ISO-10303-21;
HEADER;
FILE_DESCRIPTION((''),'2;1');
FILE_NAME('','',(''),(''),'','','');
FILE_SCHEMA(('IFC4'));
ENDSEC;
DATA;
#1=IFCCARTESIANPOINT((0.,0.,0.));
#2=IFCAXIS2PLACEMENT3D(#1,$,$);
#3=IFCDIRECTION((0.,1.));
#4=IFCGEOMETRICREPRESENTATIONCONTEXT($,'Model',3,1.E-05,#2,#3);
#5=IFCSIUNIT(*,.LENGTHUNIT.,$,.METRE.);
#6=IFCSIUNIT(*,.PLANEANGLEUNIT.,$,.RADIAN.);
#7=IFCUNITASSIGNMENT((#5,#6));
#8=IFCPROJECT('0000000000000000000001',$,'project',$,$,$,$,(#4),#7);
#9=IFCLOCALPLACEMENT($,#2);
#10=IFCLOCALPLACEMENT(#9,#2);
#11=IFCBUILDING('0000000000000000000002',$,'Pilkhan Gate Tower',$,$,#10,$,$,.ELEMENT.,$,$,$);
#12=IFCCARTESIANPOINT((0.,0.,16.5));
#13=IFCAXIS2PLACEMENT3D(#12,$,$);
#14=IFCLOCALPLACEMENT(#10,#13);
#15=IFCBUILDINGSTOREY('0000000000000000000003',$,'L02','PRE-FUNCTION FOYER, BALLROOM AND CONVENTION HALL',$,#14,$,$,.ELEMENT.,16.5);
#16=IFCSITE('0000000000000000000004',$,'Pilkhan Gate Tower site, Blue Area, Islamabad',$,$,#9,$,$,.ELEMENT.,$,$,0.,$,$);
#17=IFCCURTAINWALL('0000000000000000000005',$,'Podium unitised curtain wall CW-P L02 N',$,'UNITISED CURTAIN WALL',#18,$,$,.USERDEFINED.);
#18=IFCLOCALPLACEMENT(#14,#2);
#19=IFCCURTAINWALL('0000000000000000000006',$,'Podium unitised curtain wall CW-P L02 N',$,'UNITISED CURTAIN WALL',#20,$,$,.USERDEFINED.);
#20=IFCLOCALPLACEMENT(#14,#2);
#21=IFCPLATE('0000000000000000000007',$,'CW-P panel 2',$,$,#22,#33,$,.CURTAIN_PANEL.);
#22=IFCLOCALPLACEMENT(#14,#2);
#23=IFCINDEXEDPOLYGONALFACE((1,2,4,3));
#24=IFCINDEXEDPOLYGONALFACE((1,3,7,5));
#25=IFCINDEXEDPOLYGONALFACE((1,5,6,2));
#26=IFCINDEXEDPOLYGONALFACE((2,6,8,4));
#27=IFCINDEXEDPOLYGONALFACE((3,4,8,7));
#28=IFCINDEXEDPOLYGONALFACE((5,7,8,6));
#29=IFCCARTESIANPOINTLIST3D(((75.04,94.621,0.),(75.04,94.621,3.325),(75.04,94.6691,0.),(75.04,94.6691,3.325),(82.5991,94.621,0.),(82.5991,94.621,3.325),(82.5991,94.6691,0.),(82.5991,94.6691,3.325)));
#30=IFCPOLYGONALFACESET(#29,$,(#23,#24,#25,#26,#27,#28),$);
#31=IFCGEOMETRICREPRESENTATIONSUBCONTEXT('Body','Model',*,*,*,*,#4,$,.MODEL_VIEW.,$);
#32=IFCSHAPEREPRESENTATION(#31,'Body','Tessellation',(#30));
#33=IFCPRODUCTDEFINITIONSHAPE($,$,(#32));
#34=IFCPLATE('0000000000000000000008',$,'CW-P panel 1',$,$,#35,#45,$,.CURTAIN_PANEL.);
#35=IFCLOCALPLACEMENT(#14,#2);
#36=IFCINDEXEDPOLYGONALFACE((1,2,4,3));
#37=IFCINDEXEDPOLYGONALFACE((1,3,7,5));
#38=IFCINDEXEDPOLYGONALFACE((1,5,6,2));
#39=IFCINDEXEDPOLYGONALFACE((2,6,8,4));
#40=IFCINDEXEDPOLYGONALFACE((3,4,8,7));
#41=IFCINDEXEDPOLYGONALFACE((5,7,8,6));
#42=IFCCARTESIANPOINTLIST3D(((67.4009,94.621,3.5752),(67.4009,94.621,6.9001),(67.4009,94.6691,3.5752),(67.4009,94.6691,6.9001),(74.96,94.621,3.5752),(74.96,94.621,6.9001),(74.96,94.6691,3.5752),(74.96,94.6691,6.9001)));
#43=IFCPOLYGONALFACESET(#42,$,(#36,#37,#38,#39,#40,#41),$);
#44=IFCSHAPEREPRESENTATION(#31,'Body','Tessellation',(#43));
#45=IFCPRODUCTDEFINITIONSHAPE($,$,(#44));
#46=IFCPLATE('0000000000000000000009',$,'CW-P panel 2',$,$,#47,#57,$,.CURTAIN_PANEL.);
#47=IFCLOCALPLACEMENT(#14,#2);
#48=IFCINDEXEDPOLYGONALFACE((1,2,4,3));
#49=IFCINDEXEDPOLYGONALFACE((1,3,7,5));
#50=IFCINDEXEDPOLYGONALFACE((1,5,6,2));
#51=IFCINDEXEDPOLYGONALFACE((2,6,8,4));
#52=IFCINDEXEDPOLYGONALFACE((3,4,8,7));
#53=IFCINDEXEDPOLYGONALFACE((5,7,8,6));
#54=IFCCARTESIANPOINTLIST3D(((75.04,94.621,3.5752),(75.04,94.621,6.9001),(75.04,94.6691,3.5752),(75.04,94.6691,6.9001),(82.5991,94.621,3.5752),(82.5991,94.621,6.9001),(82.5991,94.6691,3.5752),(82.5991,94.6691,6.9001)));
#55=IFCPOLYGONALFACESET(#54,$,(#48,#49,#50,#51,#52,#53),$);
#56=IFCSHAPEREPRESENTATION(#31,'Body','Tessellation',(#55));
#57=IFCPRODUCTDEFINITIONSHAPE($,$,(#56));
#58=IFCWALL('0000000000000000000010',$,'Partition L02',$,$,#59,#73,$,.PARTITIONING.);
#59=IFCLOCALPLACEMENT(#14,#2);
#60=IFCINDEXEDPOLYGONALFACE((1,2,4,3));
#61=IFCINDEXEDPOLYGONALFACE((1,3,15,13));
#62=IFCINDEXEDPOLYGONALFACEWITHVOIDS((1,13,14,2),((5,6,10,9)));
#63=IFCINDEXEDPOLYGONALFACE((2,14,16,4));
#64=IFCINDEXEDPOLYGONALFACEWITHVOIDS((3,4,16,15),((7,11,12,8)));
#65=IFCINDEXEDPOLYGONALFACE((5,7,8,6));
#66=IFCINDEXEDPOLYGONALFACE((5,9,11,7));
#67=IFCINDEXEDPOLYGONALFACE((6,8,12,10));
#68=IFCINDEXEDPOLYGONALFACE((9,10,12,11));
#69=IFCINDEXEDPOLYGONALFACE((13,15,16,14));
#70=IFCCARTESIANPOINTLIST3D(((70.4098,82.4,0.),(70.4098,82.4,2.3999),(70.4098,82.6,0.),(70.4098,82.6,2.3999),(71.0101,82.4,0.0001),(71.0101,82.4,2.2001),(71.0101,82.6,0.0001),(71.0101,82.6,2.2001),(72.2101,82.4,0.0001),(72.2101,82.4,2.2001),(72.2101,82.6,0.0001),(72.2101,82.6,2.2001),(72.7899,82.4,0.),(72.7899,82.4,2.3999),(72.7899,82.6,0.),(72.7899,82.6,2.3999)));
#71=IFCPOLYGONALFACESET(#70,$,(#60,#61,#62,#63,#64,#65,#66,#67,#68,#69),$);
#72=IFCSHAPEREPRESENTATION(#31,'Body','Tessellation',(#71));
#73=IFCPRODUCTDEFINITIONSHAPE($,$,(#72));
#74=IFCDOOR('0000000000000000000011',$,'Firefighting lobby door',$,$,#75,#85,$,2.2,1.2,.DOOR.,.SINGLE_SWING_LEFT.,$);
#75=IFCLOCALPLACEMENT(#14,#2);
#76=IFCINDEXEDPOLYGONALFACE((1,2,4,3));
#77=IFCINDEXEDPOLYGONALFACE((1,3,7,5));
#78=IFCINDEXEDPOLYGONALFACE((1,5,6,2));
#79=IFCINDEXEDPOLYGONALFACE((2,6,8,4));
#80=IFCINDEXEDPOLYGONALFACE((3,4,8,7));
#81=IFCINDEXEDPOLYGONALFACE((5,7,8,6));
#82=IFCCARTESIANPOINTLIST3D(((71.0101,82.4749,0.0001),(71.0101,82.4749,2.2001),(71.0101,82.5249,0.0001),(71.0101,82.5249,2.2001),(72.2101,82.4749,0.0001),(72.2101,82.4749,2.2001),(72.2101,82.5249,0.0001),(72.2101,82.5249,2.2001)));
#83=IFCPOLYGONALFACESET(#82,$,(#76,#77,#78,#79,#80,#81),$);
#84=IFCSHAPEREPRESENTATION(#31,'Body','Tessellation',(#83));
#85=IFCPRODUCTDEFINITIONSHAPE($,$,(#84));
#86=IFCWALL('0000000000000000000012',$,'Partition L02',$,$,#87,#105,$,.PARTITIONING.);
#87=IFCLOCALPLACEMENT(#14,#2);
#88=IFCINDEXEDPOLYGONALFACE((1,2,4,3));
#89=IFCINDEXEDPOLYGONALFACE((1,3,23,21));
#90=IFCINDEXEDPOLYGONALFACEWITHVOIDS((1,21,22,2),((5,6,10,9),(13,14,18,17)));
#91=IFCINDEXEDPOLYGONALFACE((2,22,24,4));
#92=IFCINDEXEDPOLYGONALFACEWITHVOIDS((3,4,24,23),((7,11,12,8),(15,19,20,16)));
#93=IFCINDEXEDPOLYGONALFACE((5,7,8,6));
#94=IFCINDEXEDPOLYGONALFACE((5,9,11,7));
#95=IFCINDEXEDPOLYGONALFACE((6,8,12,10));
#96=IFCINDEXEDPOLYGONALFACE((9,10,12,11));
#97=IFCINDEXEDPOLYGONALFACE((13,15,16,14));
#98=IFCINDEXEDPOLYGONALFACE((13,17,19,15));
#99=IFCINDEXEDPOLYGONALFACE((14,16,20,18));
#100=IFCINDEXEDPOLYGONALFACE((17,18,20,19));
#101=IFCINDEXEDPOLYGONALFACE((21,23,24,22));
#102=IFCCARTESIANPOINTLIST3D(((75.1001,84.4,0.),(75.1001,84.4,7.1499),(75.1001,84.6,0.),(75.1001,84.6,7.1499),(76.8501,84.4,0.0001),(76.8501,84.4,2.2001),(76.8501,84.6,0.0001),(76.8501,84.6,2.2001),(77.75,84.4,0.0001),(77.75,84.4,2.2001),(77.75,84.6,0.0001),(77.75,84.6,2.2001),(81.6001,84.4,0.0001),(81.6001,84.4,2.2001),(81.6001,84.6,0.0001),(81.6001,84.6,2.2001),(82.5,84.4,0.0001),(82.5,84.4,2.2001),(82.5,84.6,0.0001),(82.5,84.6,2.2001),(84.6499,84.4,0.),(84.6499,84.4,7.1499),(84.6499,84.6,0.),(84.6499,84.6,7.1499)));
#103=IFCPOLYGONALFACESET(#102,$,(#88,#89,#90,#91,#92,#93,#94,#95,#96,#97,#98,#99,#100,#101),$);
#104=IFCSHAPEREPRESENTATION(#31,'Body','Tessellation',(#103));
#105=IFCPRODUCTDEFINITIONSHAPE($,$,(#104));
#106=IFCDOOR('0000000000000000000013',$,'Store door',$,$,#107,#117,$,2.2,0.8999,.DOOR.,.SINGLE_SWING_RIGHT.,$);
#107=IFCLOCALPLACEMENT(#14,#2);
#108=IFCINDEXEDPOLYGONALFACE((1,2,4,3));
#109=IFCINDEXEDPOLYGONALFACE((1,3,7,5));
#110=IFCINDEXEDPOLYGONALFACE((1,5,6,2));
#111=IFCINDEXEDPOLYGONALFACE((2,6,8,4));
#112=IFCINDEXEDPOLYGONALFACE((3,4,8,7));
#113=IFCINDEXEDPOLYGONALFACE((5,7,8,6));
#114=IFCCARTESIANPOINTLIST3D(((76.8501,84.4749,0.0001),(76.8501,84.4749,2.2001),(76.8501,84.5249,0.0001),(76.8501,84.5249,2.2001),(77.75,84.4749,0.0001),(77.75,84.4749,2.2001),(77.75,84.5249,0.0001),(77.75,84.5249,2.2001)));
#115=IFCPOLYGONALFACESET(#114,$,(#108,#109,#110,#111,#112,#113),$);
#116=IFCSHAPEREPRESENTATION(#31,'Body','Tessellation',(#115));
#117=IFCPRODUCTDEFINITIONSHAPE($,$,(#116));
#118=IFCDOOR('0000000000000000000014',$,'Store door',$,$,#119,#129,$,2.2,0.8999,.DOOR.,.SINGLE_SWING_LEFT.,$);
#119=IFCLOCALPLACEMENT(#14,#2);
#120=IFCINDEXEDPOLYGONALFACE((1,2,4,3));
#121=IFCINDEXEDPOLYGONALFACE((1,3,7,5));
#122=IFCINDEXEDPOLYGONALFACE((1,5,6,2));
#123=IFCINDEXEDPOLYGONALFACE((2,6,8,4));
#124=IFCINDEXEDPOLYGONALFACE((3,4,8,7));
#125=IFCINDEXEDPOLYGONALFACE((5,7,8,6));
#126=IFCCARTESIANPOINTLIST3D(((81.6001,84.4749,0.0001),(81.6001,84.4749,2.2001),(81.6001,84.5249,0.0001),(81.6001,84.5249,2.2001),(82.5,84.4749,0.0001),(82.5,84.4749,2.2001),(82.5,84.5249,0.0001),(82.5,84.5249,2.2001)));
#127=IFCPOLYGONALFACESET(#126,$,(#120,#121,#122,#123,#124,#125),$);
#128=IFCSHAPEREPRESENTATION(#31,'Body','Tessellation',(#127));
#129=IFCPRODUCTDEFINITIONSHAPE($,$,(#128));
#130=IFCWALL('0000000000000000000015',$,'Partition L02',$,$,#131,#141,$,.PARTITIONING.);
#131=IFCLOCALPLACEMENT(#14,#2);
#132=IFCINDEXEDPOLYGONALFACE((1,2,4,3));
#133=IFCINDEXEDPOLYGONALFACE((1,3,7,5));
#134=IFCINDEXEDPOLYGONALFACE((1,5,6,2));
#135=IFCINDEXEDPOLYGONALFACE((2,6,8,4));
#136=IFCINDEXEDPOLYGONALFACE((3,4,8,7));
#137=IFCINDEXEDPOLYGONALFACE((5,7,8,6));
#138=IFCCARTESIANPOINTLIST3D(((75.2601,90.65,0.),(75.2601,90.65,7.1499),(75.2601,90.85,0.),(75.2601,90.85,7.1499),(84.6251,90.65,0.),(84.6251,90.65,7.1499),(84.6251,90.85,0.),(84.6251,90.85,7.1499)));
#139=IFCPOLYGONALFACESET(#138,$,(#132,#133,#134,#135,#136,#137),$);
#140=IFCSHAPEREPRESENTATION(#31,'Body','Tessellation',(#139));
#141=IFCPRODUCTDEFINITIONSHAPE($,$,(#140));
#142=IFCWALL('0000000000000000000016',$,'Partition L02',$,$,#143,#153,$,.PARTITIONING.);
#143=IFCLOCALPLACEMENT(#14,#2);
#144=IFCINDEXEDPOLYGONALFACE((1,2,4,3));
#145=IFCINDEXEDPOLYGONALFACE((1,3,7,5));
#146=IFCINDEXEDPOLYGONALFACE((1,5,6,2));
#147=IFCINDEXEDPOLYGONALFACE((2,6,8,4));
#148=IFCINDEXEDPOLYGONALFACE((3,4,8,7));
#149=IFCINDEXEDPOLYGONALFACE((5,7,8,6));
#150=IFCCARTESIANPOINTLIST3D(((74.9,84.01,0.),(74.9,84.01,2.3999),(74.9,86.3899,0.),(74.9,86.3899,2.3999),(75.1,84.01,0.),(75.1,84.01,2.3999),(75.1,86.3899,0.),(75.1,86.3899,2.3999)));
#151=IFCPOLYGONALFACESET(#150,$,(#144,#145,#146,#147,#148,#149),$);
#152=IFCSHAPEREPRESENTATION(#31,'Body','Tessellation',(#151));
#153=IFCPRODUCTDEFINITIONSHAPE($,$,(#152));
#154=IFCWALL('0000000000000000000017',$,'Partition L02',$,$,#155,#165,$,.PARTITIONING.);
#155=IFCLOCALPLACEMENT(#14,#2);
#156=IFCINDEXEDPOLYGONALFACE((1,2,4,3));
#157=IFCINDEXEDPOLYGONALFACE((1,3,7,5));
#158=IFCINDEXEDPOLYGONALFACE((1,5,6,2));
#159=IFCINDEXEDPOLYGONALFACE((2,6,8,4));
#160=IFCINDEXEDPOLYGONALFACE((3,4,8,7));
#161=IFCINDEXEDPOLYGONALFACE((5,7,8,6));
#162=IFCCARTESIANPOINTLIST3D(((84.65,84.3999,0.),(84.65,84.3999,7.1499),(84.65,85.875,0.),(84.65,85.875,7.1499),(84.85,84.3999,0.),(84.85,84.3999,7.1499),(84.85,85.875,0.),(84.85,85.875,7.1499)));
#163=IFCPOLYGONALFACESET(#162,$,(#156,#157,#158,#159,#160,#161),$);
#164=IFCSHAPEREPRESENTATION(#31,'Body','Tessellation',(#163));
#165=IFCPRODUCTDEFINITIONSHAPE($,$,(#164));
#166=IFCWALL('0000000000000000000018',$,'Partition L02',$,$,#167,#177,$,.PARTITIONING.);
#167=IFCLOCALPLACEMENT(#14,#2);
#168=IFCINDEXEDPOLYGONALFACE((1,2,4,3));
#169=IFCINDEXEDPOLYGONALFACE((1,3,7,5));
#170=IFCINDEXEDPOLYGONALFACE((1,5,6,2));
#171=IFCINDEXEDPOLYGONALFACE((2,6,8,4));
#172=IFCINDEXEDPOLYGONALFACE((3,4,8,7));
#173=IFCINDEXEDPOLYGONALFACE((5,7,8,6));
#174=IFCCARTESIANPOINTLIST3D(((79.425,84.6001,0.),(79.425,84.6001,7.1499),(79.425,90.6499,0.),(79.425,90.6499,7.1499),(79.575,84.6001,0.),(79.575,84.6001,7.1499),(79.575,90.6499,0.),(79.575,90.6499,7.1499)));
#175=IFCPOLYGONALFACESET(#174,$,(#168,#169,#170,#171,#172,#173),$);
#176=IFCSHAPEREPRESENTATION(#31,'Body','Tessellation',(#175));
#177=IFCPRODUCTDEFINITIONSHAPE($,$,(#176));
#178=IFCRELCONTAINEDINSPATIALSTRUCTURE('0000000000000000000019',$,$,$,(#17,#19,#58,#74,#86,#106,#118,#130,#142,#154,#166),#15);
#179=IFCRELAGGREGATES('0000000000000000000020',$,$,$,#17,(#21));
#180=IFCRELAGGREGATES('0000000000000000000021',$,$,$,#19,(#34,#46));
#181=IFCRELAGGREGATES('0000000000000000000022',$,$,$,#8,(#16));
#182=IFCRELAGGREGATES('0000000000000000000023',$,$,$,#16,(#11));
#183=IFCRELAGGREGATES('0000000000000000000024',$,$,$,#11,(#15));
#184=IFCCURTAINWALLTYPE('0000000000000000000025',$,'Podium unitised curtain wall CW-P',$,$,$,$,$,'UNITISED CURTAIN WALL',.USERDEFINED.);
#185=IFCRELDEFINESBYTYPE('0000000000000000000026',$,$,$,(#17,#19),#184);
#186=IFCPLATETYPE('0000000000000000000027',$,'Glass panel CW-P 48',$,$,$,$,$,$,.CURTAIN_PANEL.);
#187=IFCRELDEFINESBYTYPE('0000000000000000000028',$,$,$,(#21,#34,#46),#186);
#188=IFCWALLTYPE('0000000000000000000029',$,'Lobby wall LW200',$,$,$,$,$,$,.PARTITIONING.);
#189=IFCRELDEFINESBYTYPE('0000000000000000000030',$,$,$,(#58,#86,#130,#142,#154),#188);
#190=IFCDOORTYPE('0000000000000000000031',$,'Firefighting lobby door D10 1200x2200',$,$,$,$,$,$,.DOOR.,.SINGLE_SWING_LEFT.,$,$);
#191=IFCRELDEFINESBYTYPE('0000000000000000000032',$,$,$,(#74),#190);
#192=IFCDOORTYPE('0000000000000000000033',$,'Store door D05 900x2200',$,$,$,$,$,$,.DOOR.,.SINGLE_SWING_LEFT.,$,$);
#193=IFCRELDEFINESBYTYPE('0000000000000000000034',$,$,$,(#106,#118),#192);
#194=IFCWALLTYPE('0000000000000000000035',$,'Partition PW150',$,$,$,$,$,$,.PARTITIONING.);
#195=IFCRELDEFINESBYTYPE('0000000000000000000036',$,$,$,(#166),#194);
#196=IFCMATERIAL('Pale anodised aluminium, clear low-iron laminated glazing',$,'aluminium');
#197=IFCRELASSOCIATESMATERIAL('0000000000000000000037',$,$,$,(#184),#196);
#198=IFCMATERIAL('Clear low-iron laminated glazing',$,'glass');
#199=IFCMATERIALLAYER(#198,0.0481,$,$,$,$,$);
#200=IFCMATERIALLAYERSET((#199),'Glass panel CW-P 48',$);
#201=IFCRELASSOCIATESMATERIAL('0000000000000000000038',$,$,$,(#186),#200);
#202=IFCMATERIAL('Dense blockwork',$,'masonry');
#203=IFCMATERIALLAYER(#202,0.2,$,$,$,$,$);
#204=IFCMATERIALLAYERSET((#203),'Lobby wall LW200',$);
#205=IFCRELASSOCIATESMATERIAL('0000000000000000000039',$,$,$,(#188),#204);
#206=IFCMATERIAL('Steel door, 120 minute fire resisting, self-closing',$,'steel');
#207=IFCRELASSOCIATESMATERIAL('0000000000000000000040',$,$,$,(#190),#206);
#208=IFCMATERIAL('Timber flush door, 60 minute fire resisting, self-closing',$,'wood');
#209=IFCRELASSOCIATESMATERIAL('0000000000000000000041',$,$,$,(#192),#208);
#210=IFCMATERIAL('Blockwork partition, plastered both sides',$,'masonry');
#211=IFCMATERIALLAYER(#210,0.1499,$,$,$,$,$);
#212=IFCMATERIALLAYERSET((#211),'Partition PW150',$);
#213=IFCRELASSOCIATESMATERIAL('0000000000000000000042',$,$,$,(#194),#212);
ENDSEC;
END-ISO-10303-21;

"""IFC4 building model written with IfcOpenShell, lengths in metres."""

from ifc_helpers import new_model, si_unit, direction, frame, frame_2d, origin, origin_2d, place, context, subcontext, project, spatial, rectangle, extrude, material, layer, layer_set, type_object, element, fill, aggregate, save


model = new_model("IFC4")

# Units and contexts
model_context = context("Model", 3, precision=1e-05, world=origin(), true_north=direction((0.0, 1.0)))
body_context = subcontext(model_context, "Body", "Model", "MODEL_VIEW")
ifc_project = project(units=[si_unit("LENGTHUNIT", "METRE"), si_unit("PLANEANGLEUNIT", "RADIAN")], contexts=[model_context])

# Site, building, storey
site_placement = place(None, origin())
site = spatial("IfcSite", under=ifc_project, at=site_placement, Name="Pilkhan Gate Tower site, Blue Area, Islamabad", CompositionType="ELEMENT", RefElevation=0.0)
building_placement = place(site_placement, origin())
building = spatial("IfcBuilding", under=site, at=building_placement, Name="Pilkhan Gate Tower", CompositionType="ELEMENT")
storey_placement = place(building_placement, frame((0.0, 0.0, 16.5)))
storey = spatial("IfcBuildingStorey", under=building, at=storey_placement, Name="L02", Description="PRE-FUNCTION FOYER, BALLROOM AND CONVENTION HALL", CompositionType="ELEMENT", Elevation=16.5)

# Curtain wall
ifc_material_1 = material(Name="Pale anodised aluminium, clear low-iron laminated glazing", Category="aluminium")
curtain_wall_type = type_object("IfcCurtainWallType", Name="Podium unitised curtain wall CW-P", ElementType="UNITISED CURTAIN WALL", PredefinedType="USERDEFINED", material=ifc_material_1)
curtain_wall_1_placement = place(storey_placement, origin())
curtain_wall_1 = element("IfcCurtainWall", 1, at=curtain_wall_1_placement, inside=storey, type_object=curtain_wall_type, Name="Podium unitised curtain wall CW-P L02 N", ObjectType="UNITISED CURTAIN WALL", PredefinedType="USERDEFINED")

# Curtain wall
curtain_wall_2_placement = place(storey_placement, origin())
curtain_wall_2 = element("IfcCurtainWall", 2, at=curtain_wall_2_placement, inside=storey, type_object=curtain_wall_type, Name="Podium unitised curtain wall CW-P L02 N", ObjectType="UNITISED CURTAIN WALL", PredefinedType="USERDEFINED")

# Plates
ifc_material_2 = material(Name="Clear low-iron laminated glazing", Category="glass")
ifc_layer_1 = layer(ifc_material_2, 0.0481)
ifc_layer_set_1 = layer_set([ifc_layer_1], Name="Glass panel CW-P 48")
plate_type = type_object("IfcPlateType", Name="Glass panel CW-P 48", PredefinedType="CURTAIN_PANEL", material=ifc_layer_set_1)
plate_1_placement = place(storey_placement, frame((78.8196, 94.645, 0.0), z_axis=(0.0, 0.0, 1.0), x_axis=(1.0, 0.0, 0.0)))
plate_1 = element("IfcPlate", 3, at=plate_1_placement, type_object=plate_type, Name="CW-P panel 2", PredefinedType="CURTAIN_PANEL", context=body_context, shape_type="SweptSolid", body=[
    extrude(rectangle(XDim=7.5591, YDim=0.0481, at=origin_2d()), origin(), (0.0, 0.0, 1.0), 3.325),
])
aggregate(curtain_wall_1, [plate_1])
plate_2_placement = place(storey_placement, frame((71.1804, 94.645, 3.5752), z_axis=(0.0, 0.0, 1.0), x_axis=(1.0, 0.0, 0.0)))
plate_2 = element("IfcPlate", 4, at=plate_2_placement, type_object=plate_type, Name="CW-P panel 1", PredefinedType="CURTAIN_PANEL", context=body_context, shape_type="SweptSolid", body=[
    extrude(rectangle(XDim=7.5591, YDim=0.0481, at=origin_2d()), origin(), (0.0, 0.0, 1.0), 3.325),
])
plate_3_placement = place(storey_placement, frame((78.8196, 94.645, 3.5752), z_axis=(0.0, 0.0, 1.0), x_axis=(1.0, 0.0, 0.0)))
plate_3 = element("IfcPlate", 5, at=plate_3_placement, type_object=plate_type, Name="CW-P panel 2", PredefinedType="CURTAIN_PANEL", context=body_context, shape_type="SweptSolid", body=[
    extrude(rectangle(XDim=7.5591, YDim=0.0481, at=origin_2d()), origin(), (0.0, 0.0, 1.0), 3.325),
])
aggregate(curtain_wall_2, [plate_2, plate_3])

# Wall, opening, door
ifc_material_3 = material(Name="Dense blockwork", Category="masonry")
ifc_layer_2 = layer(ifc_material_3, 0.2)
ifc_layer_set_2 = layer_set([ifc_layer_2], Name="Lobby wall LW200")
wall_type_1 = type_object("IfcWallType", Name="Lobby wall LW200", PredefinedType="PARTITIONING", material=ifc_layer_set_2)
wall_1_placement = place(storey_placement, frame((70.4099, 82.5, 0.0), z_axis=(0.0, 0.0, 1.0), x_axis=(1.0, 0.0, 0.0)))
wall_1 = element("IfcWall", 6, at=wall_1_placement, inside=storey, type_object=wall_type_1, Name="Partition L02", PredefinedType="PARTITIONING", context=body_context, shape_type="SweptSolid", body=[
    extrude(rectangle(XDim=2.3801, YDim=0.2, at=frame_2d((1.1899, 0.0))), origin(), (0.0, 0.0, 1.0), 2.3999),
])
opening_1_placement = place(wall_1_placement, frame((0.6001, 0.0, 0.0)))
opening_1 = element("IfcOpeningElement", 7, at=opening_1_placement, cuts=wall_1, PredefinedType="OPENING", context=body_context, shape_type="SweptSolid", body=[
    extrude(rectangle(XDim=1.2, YDim=2.2, at=frame_2d((0.6001, 1.1001))), frame((0.0, 0.1099, 0.0), z_axis=(0.0, -1.0, 0.0), x_axis=(1.0, 0.0, 0.0)), (0.0, 0.0, 1.0), 0.22),
])
ifc_material_4 = material(Name="Steel door, 120 minute fire resisting, self-closing", Category="steel")
door_type_1 = type_object("IfcDoorType", Name="Firefighting lobby door D10 1200x2200", OperationType="SINGLE_SWING_LEFT", PredefinedType="DOOR", material=ifc_material_4)
door_1_placement = place(opening_1_placement, origin())
door_1 = element("IfcDoor", 8, at=door_1_placement, inside=storey, type_object=door_type_1, Name="Firefighting lobby door", OperationType="SINGLE_SWING_LEFT", OverallHeight=2.2, OverallWidth=1.2, PredefinedType="DOOR", context=body_context, shape_type="SweptSolid", body=[
    extrude(rectangle(XDim=1.2, YDim=2.2, at=frame_2d((0.6001, 1.1001))), frame((0.0, 0.0249, 0.0), z_axis=(0.0, -1.0, 0.0), x_axis=(1.0, 0.0, 0.0)), (0.0, 0.0, 1.0), 0.05),
])
fill(opening_1, door_1)

# Wall, openings, doors
wall_2_placement = place(storey_placement, frame((75.1001, 84.5, 0.0), z_axis=(0.0, 0.0, 1.0), x_axis=(1.0, 0.0, 0.0)))
wall_2 = element("IfcWall", 9, at=wall_2_placement, inside=storey, type_object=wall_type_1, Name="Partition L02", PredefinedType="PARTITIONING", context=body_context, shape_type="SweptSolid", body=[
    extrude(rectangle(XDim=9.5498, YDim=0.2, at=frame_2d((4.7749, 0.0))), origin(), (0.0, 0.0, 1.0), 7.1499),
])
opening_2_placement = place(wall_2_placement, frame((1.75, 0.0, 0.0)))
opening_2 = element("IfcOpeningElement", 10, at=opening_2_placement, cuts=wall_2, PredefinedType="OPENING", context=body_context, shape_type="SweptSolid", body=[
    extrude(rectangle(XDim=0.8999, YDim=2.2, at=frame_2d((0.45, 1.1001))), frame((0.0, 0.1099, 0.0), z_axis=(0.0, -1.0, 0.0), x_axis=(1.0, 0.0, 0.0)), (0.0, 0.0, 1.0), 0.22),
])
opening_3_placement = place(wall_2_placement, frame((6.5, 0.0, 0.0)))
opening_3 = element("IfcOpeningElement", 11, at=opening_3_placement, cuts=wall_2, PredefinedType="OPENING", context=body_context, shape_type="SweptSolid", body=[
    extrude(rectangle(XDim=0.8999, YDim=2.2, at=frame_2d((0.45, 1.1001))), frame((0.0, 0.1099, 0.0), z_axis=(0.0, -1.0, 0.0), x_axis=(1.0, 0.0, 0.0)), (0.0, 0.0, 1.0), 0.22),
])
ifc_material_5 = material(Name="Timber flush door, 60 minute fire resisting, self-closing", Category="wood")
door_type_2 = type_object("IfcDoorType", Name="Store door D05 900x2200", OperationType="SINGLE_SWING_LEFT", PredefinedType="DOOR", material=ifc_material_5)
door_2_placement = place(opening_2_placement, origin())
door_2 = element("IfcDoor", 12, at=door_2_placement, inside=storey, type_object=door_type_2, Name="Store door", OperationType="SINGLE_SWING_RIGHT", OverallHeight=2.2, OverallWidth=0.8999, PredefinedType="DOOR", context=body_context, shape_type="SweptSolid", body=[
    extrude(rectangle(XDim=0.8999, YDim=2.2, at=frame_2d((0.45, 1.1001))), frame((0.0, 0.0249, 0.0), z_axis=(0.0, -1.0, 0.0), x_axis=(1.0, 0.0, 0.0)), (0.0, 0.0, 1.0), 0.05),
])
fill(opening_2, door_2)
door_3_placement = place(opening_3_placement, origin())
door_3 = element("IfcDoor", 13, at=door_3_placement, inside=storey, type_object=door_type_2, Name="Store door", OperationType="SINGLE_SWING_LEFT", OverallHeight=2.2, OverallWidth=0.8999, PredefinedType="DOOR", context=body_context, shape_type="SweptSolid", body=[
    extrude(rectangle(XDim=0.8999, YDim=2.2, at=frame_2d((0.45, 1.1001))), frame((0.0, 0.0249, 0.0), z_axis=(0.0, -1.0, 0.0), x_axis=(1.0, 0.0, 0.0)), (0.0, 0.0, 1.0), 0.05),
])
fill(opening_3, door_3)

# Walls
wall_3_placement = place(storey_placement, frame((75.26, 90.75, 0.0), z_axis=(0.0, 0.0, 1.0), x_axis=(1.0, 0.0, 0.0)))
element("IfcWall", 14, at=wall_3_placement, inside=storey, type_object=wall_type_1, Name="Partition L02", PredefinedType="PARTITIONING", context=body_context, shape_type="SweptSolid", body=[
    extrude(rectangle(XDim=9.365, YDim=0.2, at=frame_2d((4.6826, 0.0))), origin(), (0.0, 0.0, 1.0), 7.1499),
])
wall_4_placement = place(storey_placement, frame((75.0, 84.01, 0.0), z_axis=(0.0, 0.0, 1.0), x_axis=(0.0, 1.0, 0.0)))
element("IfcWall", 15, at=wall_4_placement, inside=storey, type_object=wall_type_1, Name="Partition L02", PredefinedType="PARTITIONING", context=body_context, shape_type="SweptSolid", body=[
    extrude(rectangle(XDim=2.3799, YDim=0.2, at=frame_2d((1.1899, 0.0))), origin(), (0.0, 0.0, 1.0), 2.3999),
])
wall_5_placement = place(storey_placement, frame((84.75, 84.3999, 0.0), z_axis=(0.0, 0.0, 1.0), x_axis=(0.0, 1.0, 0.0)))
element("IfcWall", 16, at=wall_5_placement, inside=storey, type_object=wall_type_1, Name="Partition L02", PredefinedType="PARTITIONING", context=body_context, shape_type="SweptSolid", body=[
    extrude(rectangle(XDim=1.4751, YDim=0.2, at=frame_2d((0.7375, 0.0))), origin(), (0.0, 0.0, 1.0), 7.1499),
])
ifc_material_6 = material(Name="Blockwork partition, plastered both sides", Category="masonry")
ifc_layer_3 = layer(ifc_material_6, 0.1499)
ifc_layer_set_3 = layer_set([ifc_layer_3], Name="Partition PW150")
wall_type_2 = type_object("IfcWallType", Name="Partition PW150", PredefinedType="PARTITIONING", material=ifc_layer_set_3)
wall_6_placement = place(storey_placement, frame((79.5, 84.6001, 0.0), z_axis=(0.0, 0.0, 1.0), x_axis=(0.0, 1.0, 0.0)))
element("IfcWall", 17, at=wall_6_placement, inside=storey, type_object=wall_type_2, Name="Partition L02", PredefinedType="PARTITIONING", context=body_context, shape_type="SweptSolid", body=[
    extrude(rectangle(XDim=6.0498, YDim=0.1499, at=frame_2d((3.0249, 0.0))), origin(), (0.0, 0.0, 1.0), 7.1499),
])

save(model, "model.ifc")
